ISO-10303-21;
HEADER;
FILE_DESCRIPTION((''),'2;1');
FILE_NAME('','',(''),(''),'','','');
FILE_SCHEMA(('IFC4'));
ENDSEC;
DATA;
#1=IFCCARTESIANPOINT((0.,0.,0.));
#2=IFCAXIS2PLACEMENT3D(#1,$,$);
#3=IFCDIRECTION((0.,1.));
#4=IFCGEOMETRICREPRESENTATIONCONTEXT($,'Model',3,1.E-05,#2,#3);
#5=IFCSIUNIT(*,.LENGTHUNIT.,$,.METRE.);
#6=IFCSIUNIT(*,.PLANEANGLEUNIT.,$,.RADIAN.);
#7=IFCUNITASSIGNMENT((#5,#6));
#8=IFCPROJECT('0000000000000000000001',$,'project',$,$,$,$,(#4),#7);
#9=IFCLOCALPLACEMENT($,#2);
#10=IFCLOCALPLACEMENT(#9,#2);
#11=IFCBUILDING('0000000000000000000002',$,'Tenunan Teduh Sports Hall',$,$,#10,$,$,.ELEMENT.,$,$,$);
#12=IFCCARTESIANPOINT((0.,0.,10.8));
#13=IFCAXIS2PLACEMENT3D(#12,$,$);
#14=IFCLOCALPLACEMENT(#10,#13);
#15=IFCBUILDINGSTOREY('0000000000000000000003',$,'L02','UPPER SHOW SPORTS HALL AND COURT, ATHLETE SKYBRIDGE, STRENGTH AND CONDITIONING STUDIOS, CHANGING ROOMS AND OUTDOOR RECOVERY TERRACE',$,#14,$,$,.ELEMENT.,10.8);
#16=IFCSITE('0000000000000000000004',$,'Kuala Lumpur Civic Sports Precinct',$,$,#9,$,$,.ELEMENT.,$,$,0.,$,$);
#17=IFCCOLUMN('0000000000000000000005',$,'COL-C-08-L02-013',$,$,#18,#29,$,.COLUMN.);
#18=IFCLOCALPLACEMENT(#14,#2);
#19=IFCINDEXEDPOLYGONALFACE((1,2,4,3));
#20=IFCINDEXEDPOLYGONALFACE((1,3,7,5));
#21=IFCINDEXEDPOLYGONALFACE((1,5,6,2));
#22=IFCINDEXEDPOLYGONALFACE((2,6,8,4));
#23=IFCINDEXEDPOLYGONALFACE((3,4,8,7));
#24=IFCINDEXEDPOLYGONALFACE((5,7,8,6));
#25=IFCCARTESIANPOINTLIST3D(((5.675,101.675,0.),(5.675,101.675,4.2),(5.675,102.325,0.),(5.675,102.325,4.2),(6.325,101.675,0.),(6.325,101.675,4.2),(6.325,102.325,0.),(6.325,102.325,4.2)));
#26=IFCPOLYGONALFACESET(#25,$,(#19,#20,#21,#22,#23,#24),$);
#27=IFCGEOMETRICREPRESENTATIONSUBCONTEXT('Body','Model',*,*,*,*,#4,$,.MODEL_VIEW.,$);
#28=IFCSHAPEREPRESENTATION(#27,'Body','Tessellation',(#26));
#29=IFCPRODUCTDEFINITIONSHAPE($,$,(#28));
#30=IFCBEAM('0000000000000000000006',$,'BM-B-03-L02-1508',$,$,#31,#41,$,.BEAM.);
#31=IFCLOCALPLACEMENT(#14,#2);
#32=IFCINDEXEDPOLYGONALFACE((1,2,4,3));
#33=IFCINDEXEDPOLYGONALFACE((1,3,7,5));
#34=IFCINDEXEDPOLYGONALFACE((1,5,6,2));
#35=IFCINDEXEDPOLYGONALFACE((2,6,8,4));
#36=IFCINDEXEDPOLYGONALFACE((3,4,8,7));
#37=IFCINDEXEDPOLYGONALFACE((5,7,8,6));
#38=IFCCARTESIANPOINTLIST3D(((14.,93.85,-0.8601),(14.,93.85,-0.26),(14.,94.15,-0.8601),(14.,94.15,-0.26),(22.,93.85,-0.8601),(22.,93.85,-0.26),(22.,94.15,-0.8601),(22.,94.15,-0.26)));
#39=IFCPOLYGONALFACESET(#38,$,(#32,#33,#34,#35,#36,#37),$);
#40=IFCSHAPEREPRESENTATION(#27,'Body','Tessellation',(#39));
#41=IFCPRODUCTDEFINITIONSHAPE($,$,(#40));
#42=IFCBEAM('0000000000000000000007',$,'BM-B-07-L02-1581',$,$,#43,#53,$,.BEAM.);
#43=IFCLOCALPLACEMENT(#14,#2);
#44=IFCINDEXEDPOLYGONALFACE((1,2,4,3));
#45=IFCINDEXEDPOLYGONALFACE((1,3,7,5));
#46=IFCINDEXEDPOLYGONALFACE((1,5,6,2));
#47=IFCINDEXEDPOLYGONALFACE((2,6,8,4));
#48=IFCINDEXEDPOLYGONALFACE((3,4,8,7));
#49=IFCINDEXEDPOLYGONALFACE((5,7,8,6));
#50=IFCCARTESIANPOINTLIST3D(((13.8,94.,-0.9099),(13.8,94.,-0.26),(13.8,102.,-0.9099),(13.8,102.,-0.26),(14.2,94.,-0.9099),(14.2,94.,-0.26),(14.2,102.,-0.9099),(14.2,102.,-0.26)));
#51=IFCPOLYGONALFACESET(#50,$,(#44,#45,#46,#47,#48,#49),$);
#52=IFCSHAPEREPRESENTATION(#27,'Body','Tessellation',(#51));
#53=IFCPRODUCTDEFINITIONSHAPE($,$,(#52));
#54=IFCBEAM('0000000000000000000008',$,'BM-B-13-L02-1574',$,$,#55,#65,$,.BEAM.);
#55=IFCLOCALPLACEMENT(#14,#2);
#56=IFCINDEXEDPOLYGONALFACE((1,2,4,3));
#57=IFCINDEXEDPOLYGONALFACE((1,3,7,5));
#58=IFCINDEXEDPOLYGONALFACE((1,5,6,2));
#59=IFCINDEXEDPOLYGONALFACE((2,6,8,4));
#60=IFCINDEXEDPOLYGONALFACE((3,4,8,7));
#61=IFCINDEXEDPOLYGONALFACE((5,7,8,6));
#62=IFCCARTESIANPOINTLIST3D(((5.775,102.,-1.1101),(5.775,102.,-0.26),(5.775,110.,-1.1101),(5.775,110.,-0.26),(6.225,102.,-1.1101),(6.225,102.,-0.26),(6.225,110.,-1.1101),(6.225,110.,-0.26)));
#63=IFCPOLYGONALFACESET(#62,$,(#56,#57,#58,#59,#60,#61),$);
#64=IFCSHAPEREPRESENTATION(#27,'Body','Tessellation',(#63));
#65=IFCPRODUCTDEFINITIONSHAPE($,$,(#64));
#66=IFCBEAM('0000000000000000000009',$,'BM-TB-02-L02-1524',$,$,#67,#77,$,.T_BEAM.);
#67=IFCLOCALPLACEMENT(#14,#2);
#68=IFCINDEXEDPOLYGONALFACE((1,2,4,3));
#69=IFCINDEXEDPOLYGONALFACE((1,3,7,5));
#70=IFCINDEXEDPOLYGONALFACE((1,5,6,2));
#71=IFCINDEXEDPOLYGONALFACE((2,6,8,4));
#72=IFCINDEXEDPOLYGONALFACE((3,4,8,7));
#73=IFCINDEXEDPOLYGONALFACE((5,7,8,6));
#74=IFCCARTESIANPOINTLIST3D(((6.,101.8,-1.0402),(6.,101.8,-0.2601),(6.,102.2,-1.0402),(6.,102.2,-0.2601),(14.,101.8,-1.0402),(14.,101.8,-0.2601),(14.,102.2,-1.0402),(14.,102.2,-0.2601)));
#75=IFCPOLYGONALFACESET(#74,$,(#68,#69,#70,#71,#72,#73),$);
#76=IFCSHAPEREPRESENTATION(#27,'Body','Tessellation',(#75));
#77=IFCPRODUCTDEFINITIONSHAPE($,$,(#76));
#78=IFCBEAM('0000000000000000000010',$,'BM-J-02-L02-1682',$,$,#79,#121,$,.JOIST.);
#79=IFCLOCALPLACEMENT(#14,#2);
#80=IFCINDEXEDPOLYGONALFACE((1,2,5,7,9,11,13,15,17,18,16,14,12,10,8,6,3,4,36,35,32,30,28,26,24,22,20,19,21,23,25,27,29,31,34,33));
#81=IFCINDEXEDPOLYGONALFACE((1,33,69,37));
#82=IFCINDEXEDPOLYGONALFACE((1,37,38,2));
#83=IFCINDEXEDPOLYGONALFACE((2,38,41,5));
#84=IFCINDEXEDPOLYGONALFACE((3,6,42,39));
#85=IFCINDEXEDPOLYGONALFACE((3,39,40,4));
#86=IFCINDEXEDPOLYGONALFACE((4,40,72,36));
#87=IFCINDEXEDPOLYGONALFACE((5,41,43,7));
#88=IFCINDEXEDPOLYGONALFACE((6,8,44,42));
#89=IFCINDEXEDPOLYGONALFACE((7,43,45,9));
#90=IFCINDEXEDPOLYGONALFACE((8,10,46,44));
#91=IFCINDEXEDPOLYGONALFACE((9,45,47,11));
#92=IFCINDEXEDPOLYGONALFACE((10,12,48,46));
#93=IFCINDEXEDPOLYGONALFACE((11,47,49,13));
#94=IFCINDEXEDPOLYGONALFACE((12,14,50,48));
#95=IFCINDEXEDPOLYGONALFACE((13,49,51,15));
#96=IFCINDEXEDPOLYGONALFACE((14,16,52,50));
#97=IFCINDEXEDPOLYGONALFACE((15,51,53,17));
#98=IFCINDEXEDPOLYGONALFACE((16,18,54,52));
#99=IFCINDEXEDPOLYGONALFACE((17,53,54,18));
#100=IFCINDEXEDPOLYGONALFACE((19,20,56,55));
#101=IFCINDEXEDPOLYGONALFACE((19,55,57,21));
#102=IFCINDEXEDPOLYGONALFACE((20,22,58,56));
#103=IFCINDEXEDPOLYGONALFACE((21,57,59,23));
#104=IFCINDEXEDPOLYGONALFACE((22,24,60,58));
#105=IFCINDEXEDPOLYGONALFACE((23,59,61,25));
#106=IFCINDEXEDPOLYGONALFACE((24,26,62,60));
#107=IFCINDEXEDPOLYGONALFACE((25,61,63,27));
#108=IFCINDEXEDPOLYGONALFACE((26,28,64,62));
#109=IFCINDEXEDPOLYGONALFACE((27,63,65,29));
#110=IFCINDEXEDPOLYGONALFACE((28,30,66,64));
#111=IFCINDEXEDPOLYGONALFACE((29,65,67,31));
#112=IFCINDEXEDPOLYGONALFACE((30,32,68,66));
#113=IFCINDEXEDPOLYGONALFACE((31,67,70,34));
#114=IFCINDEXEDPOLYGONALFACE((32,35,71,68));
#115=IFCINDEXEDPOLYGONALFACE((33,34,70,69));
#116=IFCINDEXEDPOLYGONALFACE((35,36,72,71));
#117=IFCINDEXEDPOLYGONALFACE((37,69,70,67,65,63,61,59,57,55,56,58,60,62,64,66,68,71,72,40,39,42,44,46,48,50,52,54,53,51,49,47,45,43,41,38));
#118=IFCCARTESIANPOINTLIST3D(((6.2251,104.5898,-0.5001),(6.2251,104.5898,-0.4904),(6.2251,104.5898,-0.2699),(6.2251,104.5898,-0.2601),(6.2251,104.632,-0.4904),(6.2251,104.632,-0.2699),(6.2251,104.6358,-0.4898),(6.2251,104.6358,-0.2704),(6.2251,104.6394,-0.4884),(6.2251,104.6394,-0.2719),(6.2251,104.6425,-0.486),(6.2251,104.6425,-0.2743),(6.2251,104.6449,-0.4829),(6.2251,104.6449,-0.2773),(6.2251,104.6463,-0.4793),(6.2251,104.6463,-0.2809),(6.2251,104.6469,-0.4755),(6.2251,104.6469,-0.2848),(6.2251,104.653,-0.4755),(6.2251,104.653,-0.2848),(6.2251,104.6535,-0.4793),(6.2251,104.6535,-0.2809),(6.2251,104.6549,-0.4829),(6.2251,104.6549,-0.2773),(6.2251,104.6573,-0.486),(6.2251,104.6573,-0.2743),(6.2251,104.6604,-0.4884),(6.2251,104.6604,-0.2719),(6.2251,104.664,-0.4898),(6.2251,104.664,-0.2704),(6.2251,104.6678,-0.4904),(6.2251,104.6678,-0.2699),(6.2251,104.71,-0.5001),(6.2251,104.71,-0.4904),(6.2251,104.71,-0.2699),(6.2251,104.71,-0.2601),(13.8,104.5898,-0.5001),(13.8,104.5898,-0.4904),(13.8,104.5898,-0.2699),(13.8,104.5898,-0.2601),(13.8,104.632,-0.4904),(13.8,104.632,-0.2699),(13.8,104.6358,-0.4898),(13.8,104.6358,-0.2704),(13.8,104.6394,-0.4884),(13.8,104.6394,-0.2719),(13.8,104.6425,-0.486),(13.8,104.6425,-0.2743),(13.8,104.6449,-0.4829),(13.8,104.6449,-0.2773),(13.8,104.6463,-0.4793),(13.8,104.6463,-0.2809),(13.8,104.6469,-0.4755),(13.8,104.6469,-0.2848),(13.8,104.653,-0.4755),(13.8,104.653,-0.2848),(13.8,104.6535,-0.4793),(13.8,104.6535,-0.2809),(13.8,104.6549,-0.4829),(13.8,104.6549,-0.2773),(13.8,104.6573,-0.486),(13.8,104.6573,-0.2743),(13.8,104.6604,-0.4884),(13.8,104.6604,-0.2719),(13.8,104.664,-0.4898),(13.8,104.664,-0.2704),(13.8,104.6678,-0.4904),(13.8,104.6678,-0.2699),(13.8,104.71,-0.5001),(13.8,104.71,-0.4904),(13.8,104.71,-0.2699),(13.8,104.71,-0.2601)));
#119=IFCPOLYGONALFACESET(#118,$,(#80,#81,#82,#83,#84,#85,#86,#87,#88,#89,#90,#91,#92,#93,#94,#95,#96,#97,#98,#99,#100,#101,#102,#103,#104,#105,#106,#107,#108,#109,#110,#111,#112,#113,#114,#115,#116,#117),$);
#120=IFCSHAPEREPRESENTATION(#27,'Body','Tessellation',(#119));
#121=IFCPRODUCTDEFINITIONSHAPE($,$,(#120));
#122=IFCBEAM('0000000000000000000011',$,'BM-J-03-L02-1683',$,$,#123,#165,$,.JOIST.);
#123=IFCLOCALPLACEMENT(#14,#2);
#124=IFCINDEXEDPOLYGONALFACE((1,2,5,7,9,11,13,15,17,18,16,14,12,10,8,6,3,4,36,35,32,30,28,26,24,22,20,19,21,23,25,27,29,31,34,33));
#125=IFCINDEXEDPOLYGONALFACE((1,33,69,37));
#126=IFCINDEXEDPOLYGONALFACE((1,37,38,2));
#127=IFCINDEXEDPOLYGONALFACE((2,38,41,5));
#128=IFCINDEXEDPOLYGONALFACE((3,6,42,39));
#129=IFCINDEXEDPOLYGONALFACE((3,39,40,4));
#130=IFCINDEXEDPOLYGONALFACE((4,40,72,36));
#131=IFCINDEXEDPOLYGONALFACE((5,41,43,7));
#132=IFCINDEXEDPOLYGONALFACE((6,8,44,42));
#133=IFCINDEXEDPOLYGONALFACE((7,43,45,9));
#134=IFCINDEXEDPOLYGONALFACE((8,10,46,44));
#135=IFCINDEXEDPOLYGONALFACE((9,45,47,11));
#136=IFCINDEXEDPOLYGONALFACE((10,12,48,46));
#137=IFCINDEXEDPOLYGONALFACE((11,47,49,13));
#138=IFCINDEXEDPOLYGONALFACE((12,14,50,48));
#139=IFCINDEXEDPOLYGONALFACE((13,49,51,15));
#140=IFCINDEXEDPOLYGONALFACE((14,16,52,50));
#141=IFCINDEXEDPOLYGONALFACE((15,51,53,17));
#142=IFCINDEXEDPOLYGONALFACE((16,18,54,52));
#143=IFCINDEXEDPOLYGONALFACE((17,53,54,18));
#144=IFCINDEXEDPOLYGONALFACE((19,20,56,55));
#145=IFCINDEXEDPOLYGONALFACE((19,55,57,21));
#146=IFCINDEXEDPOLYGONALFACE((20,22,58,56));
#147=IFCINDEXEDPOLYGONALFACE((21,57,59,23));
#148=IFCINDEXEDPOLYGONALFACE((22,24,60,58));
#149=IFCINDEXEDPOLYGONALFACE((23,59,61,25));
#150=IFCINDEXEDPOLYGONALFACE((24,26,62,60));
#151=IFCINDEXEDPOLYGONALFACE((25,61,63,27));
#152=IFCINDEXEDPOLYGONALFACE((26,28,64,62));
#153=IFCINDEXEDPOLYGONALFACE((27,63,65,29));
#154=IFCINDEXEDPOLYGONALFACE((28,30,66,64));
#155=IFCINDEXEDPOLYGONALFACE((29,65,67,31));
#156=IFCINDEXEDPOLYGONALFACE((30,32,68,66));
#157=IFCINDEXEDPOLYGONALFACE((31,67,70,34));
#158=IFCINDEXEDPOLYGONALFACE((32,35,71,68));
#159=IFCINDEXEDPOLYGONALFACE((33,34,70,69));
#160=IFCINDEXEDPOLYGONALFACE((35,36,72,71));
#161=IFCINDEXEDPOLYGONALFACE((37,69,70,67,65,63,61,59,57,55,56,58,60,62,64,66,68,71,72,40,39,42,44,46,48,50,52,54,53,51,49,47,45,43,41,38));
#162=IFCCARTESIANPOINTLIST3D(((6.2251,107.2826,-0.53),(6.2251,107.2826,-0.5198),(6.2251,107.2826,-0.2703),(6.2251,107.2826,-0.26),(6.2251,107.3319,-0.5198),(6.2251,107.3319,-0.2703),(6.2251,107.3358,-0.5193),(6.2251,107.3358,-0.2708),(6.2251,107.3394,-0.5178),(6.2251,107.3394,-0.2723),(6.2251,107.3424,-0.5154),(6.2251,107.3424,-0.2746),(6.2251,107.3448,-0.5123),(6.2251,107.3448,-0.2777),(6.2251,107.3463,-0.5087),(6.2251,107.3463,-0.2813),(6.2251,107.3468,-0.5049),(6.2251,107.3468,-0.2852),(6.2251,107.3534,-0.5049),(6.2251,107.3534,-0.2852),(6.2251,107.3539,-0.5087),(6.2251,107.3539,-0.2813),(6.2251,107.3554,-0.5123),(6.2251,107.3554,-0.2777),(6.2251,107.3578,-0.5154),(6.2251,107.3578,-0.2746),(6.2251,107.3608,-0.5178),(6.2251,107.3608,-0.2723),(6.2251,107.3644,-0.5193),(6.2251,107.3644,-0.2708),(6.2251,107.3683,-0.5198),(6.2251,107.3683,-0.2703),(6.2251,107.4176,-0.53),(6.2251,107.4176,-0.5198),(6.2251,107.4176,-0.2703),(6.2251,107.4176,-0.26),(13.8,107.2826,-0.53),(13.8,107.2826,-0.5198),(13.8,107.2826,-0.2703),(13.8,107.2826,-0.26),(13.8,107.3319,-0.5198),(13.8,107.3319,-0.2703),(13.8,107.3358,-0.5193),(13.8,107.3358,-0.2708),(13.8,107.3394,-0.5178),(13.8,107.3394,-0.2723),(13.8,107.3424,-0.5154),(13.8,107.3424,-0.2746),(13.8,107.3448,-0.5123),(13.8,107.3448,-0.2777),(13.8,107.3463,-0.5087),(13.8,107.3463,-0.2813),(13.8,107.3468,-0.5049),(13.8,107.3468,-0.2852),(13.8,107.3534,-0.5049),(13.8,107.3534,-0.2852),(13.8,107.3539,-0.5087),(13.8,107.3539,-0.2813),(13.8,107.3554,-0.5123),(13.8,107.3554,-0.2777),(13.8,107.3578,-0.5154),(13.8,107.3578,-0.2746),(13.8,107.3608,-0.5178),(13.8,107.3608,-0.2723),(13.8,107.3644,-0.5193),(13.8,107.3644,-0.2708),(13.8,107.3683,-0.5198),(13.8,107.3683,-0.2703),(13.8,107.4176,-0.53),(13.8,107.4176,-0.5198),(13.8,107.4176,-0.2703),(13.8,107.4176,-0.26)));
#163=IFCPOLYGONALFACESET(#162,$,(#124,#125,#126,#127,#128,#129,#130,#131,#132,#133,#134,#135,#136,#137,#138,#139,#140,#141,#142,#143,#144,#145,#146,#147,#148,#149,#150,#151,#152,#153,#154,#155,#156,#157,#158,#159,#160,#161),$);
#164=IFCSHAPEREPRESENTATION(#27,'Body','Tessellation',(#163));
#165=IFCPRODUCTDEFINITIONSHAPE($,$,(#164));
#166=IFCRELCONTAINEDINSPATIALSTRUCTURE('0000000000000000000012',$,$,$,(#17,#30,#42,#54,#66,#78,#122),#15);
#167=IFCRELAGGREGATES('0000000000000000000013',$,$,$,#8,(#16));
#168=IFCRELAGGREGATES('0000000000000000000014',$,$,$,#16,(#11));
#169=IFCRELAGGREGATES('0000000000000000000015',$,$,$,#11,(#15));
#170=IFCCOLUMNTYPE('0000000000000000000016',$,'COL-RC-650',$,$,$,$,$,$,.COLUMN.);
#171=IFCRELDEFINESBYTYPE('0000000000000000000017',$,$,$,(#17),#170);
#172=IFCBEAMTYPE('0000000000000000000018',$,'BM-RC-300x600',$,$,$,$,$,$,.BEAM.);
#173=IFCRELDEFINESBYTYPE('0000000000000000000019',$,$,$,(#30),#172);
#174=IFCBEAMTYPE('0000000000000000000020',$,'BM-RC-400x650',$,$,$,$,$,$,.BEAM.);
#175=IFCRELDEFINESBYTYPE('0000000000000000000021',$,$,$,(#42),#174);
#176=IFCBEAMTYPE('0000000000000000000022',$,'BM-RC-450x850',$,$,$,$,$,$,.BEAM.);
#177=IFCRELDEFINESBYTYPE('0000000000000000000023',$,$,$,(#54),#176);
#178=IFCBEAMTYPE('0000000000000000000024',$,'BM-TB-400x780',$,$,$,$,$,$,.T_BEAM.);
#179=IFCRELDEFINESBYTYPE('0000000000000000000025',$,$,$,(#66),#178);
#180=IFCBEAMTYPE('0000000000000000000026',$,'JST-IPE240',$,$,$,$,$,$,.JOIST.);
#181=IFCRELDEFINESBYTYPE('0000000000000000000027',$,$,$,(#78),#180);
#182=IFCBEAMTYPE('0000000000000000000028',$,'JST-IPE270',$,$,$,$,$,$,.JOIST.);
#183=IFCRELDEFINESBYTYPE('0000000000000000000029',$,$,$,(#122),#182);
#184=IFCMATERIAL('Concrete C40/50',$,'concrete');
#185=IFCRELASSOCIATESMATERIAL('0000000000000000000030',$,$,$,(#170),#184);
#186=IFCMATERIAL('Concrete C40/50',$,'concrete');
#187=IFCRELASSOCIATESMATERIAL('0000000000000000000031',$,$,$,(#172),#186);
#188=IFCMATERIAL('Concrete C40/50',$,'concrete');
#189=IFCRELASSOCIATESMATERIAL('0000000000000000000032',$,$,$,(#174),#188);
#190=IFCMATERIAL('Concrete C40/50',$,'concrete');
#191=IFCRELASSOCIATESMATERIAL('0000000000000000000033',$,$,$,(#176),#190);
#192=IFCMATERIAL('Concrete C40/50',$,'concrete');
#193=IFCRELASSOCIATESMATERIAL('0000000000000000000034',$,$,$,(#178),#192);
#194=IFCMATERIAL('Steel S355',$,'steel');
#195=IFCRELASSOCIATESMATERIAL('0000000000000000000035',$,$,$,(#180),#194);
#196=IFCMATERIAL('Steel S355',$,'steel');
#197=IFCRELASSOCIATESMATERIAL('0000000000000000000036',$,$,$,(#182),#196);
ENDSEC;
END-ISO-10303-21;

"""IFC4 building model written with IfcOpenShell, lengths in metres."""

from ifc_helpers import new_model, si_unit, direction, frame, origin, origin_2d, place, context, subcontext, project, spatial, rectangle, i_section, extrude, material, material_profile, profile_set, type_object, element, save


model = new_model("IFC4")

# Units and contexts
model_context = context("Model", 3, precision=1e-05, world=origin(), true_north=direction((0.0, 1.0)))
body_context = subcontext(model_context, "Body", "Model", "MODEL_VIEW")
ifc_project = project(units=[si_unit("LENGTHUNIT", "METRE"), si_unit("PLANEANGLEUNIT", "RADIAN")], contexts=[model_context])

# Site, building, storey
site_placement = place(None, origin())
site = spatial("IfcSite", under=ifc_project, at=site_placement, Name="Kuala Lumpur Civic Sports Precinct", CompositionType="ELEMENT", RefElevation=0.0)
building_placement = place(site_placement, origin())
building = spatial("IfcBuilding", under=site, at=building_placement, Name="Tenunan Teduh Sports Hall", CompositionType="ELEMENT")
storey_placement = place(building_placement, frame((0.0, 0.0, 10.8)))
storey = spatial("IfcBuildingStorey", under=building, at=storey_placement, Name="L02", Description="UPPER SHOW SPORTS HALL AND COURT, ATHLETE SKYBRIDGE, STRENGTH AND CONDITIONING STUDIOS, CHANGING ROOMS AND OUTDOOR RECOVERY TERRACE", CompositionType="ELEMENT", Elevation=10.8)

# Column
ifc_material_1 = material(Name="Concrete C40/50", Category="concrete")
ifc_material_profile_1 = material_profile(ifc_material_1, rectangle(XDim=0.6499, YDim=0.6499, at=origin_2d()), Name="RC 650x650")
ifc_profile_set_1 = profile_set([ifc_material_profile_1], Name="Concrete C40/50")
column_type = type_object("IfcColumnType", Name="COL-RC-650", PredefinedType="COLUMN", material=ifc_profile_set_1)
column_placement = place(storey_placement, frame((6.0, 102.0, 0.0), z_axis=(0.0, 0.0, 1.0), x_axis=(1.0, 0.0, 0.0)))
element("IfcColumn", 1, at=column_placement, inside=storey, type_object=column_type, Name="COL-C-08-L02-013", PredefinedType="COLUMN", context=body_context, shape_type="SweptSolid", body=[
    extrude(rectangle(XDim=0.6499, YDim=0.6499, at=origin_2d()), origin(), (0.0, 0.0, 1.0), 4.2),
])

# Beams
ifc_material_2 = material(Name="Concrete C40/50", Category="concrete")
ifc_material_profile_2 = material_profile(ifc_material_2, rectangle(XDim=0.3, YDim=0.6001, at=origin_2d()), Name="RCB 300x600")
ifc_profile_set_2 = profile_set([ifc_material_profile_2], Name="Concrete C40/50")
beam_type_1 = type_object("IfcBeamType", Name="BM-RC-300x600", PredefinedType="BEAM", material=ifc_profile_set_2)
beam_1_placement = place(storey_placement, frame((14.0, 94.0, -0.5601), z_axis=(1.0, 0.0, 0.0), x_axis=(0.0, 1.0, 0.0)))
element("IfcBeam", 2, at=beam_1_placement, inside=storey, type_object=beam_type_1, Name="BM-B-03-L02-1508", PredefinedType="BEAM", context=body_context, shape_type="SweptSolid", body=[
    extrude(rectangle(XDim=0.3, YDim=0.6001, at=origin_2d()), origin(), (0.0, 0.0, 1.0), 8.0),
])
ifc_material_3 = material(Name="Concrete C40/50", Category="concrete")
ifc_material_profile_3 = material_profile(ifc_material_3, rectangle(XDim=0.3999, YDim=0.6499, at=origin_2d()), Name="RCB 400x650")
ifc_profile_set_3 = profile_set([ifc_material_profile_3], Name="Concrete C40/50")
beam_type_2 = type_object("IfcBeamType", Name="BM-RC-400x650", PredefinedType="BEAM", material=ifc_profile_set_3)
beam_2_placement = place(storey_placement, frame((14.0, 94.0, -0.585), z_axis=(0.0, 1.0, 0.0), x_axis=(-1.0, 0.0, 0.0)))
element("IfcBeam", 3, at=beam_2_placement, inside=storey, type_object=beam_type_2, Name="BM-B-07-L02-1581", PredefinedType="BEAM", context=body_context, shape_type="SweptSolid", body=[
    extrude(rectangle(XDim=0.3999, YDim=0.6499, at=origin_2d()), origin(), (0.0, 0.0, 1.0), 8.0),
])
ifc_material_4 = material(Name="Concrete C40/50", Category="concrete")
ifc_material_profile_4 = material_profile(ifc_material_4, rectangle(XDim=0.45, YDim=0.8501, at=origin_2d()), Name="RCB 450x850")
ifc_profile_set_4 = profile_set([ifc_material_profile_4], Name="Concrete C40/50")
beam_type_3 = type_object("IfcBeamType", Name="BM-RC-450x850", PredefinedType="BEAM", material=ifc_profile_set_4)
beam_3_placement = place(storey_placement, frame((6.0, 102.0, -0.6851), z_axis=(0.0, 1.0, 0.0), x_axis=(-1.0, 0.0, 0.0)))
element("IfcBeam", 4, at=beam_3_placement, inside=storey, type_object=beam_type_3, Name="BM-B-13-L02-1574", PredefinedType="BEAM", context=body_context, shape_type="SweptSolid", body=[
    extrude(rectangle(XDim=0.45, YDim=0.8501, at=origin_2d()), origin(), (0.0, 0.0, 1.0), 8.0),
])
ifc_material_5 = material(Name="Concrete C40/50", Category="concrete")
ifc_material_profile_5 = material_profile(ifc_material_5, rectangle(XDim=0.3999, YDim=0.78, at=origin_2d()), Name="TB 400x780")
ifc_profile_set_5 = profile_set([ifc_material_profile_5], Name="Concrete C40/50")
beam_type_4 = type_object("IfcBeamType", Name="BM-TB-400x780", PredefinedType="T_BEAM", material=ifc_profile_set_5)
beam_4_placement = place(storey_placement, frame((6.0, 102.0, -0.6501), z_axis=(1.0, 0.0, 0.0), x_axis=(0.0, 1.0, 0.0)))
element("IfcBeam", 5, at=beam_4_placement, inside=storey, type_object=beam_type_4, Name="BM-TB-02-L02-1524", PredefinedType="T_BEAM", context=body_context, shape_type="SweptSolid", body=[
    extrude(rectangle(XDim=0.3999, YDim=0.78, at=origin_2d()), origin(), (0.0, 0.0, 1.0), 8.0),
])
ifc_material_6 = material(Name="Steel S355", Category="steel")
ifc_material_profile_6 = material_profile(ifc_material_6, i_section(OverallWidth=0.1201, OverallDepth=0.24, WebThickness=0.0061, FlangeThickness=0.0098, FilletRadius=0.0149, at=origin_2d()), Name="IPE 240")
ifc_profile_set_6 = profile_set([ifc_material_profile_6], Name="Steel S355")
beam_type_5 = type_object("IfcBeamType", Name="JST-IPE240", PredefinedType="JOIST", material=ifc_profile_set_6)
beam_5_placement = place(storey_placement, frame((6.2251, 104.6499, -0.3801), z_axis=(1.0, 0.0, 0.0), x_axis=(0.0, 1.0, 0.0)))
element("IfcBeam", 6, at=beam_5_placement, inside=storey, type_object=beam_type_5, Name="BM-J-02-L02-1682", PredefinedType="JOIST", context=body_context, shape_type="SweptSolid", body=[
    extrude(i_section(OverallWidth=0.1201, OverallDepth=0.24, WebThickness=0.0061, FlangeThickness=0.0098, FilletRadius=0.0149, at=origin_2d()), origin(), (0.0, 0.0, 1.0), 7.575),
])
ifc_material_7 = material(Name="Steel S355", Category="steel")
ifc_material_profile_7 = material_profile(ifc_material_7, i_section(OverallWidth=0.135, OverallDepth=0.27, WebThickness=0.0066, FlangeThickness=0.0103, FilletRadius=0.0149, at=origin_2d()), Name="IPE 270")
ifc_profile_set_7 = profile_set([ifc_material_profile_7], Name="Steel S355")
beam_type_6 = type_object("IfcBeamType", Name="JST-IPE270", PredefinedType="JOIST", material=ifc_profile_set_7)
beam_6_placement = place(storey_placement, frame((6.2251, 107.3501, -0.395), z_axis=(1.0, 0.0, 0.0), x_axis=(0.0, 1.0, 0.0)))
element("IfcBeam", 7, at=beam_6_placement, inside=storey, type_object=beam_type_6, Name="BM-J-03-L02-1683", PredefinedType="JOIST", context=body_context, shape_type="SweptSolid", body=[
    extrude(i_section(OverallWidth=0.135, OverallDepth=0.27, WebThickness=0.0066, FlangeThickness=0.0103, FilletRadius=0.0149, at=origin_2d()), origin(), (0.0, 0.0, 1.0), 7.575),
])

save(model, "model.ifc")
